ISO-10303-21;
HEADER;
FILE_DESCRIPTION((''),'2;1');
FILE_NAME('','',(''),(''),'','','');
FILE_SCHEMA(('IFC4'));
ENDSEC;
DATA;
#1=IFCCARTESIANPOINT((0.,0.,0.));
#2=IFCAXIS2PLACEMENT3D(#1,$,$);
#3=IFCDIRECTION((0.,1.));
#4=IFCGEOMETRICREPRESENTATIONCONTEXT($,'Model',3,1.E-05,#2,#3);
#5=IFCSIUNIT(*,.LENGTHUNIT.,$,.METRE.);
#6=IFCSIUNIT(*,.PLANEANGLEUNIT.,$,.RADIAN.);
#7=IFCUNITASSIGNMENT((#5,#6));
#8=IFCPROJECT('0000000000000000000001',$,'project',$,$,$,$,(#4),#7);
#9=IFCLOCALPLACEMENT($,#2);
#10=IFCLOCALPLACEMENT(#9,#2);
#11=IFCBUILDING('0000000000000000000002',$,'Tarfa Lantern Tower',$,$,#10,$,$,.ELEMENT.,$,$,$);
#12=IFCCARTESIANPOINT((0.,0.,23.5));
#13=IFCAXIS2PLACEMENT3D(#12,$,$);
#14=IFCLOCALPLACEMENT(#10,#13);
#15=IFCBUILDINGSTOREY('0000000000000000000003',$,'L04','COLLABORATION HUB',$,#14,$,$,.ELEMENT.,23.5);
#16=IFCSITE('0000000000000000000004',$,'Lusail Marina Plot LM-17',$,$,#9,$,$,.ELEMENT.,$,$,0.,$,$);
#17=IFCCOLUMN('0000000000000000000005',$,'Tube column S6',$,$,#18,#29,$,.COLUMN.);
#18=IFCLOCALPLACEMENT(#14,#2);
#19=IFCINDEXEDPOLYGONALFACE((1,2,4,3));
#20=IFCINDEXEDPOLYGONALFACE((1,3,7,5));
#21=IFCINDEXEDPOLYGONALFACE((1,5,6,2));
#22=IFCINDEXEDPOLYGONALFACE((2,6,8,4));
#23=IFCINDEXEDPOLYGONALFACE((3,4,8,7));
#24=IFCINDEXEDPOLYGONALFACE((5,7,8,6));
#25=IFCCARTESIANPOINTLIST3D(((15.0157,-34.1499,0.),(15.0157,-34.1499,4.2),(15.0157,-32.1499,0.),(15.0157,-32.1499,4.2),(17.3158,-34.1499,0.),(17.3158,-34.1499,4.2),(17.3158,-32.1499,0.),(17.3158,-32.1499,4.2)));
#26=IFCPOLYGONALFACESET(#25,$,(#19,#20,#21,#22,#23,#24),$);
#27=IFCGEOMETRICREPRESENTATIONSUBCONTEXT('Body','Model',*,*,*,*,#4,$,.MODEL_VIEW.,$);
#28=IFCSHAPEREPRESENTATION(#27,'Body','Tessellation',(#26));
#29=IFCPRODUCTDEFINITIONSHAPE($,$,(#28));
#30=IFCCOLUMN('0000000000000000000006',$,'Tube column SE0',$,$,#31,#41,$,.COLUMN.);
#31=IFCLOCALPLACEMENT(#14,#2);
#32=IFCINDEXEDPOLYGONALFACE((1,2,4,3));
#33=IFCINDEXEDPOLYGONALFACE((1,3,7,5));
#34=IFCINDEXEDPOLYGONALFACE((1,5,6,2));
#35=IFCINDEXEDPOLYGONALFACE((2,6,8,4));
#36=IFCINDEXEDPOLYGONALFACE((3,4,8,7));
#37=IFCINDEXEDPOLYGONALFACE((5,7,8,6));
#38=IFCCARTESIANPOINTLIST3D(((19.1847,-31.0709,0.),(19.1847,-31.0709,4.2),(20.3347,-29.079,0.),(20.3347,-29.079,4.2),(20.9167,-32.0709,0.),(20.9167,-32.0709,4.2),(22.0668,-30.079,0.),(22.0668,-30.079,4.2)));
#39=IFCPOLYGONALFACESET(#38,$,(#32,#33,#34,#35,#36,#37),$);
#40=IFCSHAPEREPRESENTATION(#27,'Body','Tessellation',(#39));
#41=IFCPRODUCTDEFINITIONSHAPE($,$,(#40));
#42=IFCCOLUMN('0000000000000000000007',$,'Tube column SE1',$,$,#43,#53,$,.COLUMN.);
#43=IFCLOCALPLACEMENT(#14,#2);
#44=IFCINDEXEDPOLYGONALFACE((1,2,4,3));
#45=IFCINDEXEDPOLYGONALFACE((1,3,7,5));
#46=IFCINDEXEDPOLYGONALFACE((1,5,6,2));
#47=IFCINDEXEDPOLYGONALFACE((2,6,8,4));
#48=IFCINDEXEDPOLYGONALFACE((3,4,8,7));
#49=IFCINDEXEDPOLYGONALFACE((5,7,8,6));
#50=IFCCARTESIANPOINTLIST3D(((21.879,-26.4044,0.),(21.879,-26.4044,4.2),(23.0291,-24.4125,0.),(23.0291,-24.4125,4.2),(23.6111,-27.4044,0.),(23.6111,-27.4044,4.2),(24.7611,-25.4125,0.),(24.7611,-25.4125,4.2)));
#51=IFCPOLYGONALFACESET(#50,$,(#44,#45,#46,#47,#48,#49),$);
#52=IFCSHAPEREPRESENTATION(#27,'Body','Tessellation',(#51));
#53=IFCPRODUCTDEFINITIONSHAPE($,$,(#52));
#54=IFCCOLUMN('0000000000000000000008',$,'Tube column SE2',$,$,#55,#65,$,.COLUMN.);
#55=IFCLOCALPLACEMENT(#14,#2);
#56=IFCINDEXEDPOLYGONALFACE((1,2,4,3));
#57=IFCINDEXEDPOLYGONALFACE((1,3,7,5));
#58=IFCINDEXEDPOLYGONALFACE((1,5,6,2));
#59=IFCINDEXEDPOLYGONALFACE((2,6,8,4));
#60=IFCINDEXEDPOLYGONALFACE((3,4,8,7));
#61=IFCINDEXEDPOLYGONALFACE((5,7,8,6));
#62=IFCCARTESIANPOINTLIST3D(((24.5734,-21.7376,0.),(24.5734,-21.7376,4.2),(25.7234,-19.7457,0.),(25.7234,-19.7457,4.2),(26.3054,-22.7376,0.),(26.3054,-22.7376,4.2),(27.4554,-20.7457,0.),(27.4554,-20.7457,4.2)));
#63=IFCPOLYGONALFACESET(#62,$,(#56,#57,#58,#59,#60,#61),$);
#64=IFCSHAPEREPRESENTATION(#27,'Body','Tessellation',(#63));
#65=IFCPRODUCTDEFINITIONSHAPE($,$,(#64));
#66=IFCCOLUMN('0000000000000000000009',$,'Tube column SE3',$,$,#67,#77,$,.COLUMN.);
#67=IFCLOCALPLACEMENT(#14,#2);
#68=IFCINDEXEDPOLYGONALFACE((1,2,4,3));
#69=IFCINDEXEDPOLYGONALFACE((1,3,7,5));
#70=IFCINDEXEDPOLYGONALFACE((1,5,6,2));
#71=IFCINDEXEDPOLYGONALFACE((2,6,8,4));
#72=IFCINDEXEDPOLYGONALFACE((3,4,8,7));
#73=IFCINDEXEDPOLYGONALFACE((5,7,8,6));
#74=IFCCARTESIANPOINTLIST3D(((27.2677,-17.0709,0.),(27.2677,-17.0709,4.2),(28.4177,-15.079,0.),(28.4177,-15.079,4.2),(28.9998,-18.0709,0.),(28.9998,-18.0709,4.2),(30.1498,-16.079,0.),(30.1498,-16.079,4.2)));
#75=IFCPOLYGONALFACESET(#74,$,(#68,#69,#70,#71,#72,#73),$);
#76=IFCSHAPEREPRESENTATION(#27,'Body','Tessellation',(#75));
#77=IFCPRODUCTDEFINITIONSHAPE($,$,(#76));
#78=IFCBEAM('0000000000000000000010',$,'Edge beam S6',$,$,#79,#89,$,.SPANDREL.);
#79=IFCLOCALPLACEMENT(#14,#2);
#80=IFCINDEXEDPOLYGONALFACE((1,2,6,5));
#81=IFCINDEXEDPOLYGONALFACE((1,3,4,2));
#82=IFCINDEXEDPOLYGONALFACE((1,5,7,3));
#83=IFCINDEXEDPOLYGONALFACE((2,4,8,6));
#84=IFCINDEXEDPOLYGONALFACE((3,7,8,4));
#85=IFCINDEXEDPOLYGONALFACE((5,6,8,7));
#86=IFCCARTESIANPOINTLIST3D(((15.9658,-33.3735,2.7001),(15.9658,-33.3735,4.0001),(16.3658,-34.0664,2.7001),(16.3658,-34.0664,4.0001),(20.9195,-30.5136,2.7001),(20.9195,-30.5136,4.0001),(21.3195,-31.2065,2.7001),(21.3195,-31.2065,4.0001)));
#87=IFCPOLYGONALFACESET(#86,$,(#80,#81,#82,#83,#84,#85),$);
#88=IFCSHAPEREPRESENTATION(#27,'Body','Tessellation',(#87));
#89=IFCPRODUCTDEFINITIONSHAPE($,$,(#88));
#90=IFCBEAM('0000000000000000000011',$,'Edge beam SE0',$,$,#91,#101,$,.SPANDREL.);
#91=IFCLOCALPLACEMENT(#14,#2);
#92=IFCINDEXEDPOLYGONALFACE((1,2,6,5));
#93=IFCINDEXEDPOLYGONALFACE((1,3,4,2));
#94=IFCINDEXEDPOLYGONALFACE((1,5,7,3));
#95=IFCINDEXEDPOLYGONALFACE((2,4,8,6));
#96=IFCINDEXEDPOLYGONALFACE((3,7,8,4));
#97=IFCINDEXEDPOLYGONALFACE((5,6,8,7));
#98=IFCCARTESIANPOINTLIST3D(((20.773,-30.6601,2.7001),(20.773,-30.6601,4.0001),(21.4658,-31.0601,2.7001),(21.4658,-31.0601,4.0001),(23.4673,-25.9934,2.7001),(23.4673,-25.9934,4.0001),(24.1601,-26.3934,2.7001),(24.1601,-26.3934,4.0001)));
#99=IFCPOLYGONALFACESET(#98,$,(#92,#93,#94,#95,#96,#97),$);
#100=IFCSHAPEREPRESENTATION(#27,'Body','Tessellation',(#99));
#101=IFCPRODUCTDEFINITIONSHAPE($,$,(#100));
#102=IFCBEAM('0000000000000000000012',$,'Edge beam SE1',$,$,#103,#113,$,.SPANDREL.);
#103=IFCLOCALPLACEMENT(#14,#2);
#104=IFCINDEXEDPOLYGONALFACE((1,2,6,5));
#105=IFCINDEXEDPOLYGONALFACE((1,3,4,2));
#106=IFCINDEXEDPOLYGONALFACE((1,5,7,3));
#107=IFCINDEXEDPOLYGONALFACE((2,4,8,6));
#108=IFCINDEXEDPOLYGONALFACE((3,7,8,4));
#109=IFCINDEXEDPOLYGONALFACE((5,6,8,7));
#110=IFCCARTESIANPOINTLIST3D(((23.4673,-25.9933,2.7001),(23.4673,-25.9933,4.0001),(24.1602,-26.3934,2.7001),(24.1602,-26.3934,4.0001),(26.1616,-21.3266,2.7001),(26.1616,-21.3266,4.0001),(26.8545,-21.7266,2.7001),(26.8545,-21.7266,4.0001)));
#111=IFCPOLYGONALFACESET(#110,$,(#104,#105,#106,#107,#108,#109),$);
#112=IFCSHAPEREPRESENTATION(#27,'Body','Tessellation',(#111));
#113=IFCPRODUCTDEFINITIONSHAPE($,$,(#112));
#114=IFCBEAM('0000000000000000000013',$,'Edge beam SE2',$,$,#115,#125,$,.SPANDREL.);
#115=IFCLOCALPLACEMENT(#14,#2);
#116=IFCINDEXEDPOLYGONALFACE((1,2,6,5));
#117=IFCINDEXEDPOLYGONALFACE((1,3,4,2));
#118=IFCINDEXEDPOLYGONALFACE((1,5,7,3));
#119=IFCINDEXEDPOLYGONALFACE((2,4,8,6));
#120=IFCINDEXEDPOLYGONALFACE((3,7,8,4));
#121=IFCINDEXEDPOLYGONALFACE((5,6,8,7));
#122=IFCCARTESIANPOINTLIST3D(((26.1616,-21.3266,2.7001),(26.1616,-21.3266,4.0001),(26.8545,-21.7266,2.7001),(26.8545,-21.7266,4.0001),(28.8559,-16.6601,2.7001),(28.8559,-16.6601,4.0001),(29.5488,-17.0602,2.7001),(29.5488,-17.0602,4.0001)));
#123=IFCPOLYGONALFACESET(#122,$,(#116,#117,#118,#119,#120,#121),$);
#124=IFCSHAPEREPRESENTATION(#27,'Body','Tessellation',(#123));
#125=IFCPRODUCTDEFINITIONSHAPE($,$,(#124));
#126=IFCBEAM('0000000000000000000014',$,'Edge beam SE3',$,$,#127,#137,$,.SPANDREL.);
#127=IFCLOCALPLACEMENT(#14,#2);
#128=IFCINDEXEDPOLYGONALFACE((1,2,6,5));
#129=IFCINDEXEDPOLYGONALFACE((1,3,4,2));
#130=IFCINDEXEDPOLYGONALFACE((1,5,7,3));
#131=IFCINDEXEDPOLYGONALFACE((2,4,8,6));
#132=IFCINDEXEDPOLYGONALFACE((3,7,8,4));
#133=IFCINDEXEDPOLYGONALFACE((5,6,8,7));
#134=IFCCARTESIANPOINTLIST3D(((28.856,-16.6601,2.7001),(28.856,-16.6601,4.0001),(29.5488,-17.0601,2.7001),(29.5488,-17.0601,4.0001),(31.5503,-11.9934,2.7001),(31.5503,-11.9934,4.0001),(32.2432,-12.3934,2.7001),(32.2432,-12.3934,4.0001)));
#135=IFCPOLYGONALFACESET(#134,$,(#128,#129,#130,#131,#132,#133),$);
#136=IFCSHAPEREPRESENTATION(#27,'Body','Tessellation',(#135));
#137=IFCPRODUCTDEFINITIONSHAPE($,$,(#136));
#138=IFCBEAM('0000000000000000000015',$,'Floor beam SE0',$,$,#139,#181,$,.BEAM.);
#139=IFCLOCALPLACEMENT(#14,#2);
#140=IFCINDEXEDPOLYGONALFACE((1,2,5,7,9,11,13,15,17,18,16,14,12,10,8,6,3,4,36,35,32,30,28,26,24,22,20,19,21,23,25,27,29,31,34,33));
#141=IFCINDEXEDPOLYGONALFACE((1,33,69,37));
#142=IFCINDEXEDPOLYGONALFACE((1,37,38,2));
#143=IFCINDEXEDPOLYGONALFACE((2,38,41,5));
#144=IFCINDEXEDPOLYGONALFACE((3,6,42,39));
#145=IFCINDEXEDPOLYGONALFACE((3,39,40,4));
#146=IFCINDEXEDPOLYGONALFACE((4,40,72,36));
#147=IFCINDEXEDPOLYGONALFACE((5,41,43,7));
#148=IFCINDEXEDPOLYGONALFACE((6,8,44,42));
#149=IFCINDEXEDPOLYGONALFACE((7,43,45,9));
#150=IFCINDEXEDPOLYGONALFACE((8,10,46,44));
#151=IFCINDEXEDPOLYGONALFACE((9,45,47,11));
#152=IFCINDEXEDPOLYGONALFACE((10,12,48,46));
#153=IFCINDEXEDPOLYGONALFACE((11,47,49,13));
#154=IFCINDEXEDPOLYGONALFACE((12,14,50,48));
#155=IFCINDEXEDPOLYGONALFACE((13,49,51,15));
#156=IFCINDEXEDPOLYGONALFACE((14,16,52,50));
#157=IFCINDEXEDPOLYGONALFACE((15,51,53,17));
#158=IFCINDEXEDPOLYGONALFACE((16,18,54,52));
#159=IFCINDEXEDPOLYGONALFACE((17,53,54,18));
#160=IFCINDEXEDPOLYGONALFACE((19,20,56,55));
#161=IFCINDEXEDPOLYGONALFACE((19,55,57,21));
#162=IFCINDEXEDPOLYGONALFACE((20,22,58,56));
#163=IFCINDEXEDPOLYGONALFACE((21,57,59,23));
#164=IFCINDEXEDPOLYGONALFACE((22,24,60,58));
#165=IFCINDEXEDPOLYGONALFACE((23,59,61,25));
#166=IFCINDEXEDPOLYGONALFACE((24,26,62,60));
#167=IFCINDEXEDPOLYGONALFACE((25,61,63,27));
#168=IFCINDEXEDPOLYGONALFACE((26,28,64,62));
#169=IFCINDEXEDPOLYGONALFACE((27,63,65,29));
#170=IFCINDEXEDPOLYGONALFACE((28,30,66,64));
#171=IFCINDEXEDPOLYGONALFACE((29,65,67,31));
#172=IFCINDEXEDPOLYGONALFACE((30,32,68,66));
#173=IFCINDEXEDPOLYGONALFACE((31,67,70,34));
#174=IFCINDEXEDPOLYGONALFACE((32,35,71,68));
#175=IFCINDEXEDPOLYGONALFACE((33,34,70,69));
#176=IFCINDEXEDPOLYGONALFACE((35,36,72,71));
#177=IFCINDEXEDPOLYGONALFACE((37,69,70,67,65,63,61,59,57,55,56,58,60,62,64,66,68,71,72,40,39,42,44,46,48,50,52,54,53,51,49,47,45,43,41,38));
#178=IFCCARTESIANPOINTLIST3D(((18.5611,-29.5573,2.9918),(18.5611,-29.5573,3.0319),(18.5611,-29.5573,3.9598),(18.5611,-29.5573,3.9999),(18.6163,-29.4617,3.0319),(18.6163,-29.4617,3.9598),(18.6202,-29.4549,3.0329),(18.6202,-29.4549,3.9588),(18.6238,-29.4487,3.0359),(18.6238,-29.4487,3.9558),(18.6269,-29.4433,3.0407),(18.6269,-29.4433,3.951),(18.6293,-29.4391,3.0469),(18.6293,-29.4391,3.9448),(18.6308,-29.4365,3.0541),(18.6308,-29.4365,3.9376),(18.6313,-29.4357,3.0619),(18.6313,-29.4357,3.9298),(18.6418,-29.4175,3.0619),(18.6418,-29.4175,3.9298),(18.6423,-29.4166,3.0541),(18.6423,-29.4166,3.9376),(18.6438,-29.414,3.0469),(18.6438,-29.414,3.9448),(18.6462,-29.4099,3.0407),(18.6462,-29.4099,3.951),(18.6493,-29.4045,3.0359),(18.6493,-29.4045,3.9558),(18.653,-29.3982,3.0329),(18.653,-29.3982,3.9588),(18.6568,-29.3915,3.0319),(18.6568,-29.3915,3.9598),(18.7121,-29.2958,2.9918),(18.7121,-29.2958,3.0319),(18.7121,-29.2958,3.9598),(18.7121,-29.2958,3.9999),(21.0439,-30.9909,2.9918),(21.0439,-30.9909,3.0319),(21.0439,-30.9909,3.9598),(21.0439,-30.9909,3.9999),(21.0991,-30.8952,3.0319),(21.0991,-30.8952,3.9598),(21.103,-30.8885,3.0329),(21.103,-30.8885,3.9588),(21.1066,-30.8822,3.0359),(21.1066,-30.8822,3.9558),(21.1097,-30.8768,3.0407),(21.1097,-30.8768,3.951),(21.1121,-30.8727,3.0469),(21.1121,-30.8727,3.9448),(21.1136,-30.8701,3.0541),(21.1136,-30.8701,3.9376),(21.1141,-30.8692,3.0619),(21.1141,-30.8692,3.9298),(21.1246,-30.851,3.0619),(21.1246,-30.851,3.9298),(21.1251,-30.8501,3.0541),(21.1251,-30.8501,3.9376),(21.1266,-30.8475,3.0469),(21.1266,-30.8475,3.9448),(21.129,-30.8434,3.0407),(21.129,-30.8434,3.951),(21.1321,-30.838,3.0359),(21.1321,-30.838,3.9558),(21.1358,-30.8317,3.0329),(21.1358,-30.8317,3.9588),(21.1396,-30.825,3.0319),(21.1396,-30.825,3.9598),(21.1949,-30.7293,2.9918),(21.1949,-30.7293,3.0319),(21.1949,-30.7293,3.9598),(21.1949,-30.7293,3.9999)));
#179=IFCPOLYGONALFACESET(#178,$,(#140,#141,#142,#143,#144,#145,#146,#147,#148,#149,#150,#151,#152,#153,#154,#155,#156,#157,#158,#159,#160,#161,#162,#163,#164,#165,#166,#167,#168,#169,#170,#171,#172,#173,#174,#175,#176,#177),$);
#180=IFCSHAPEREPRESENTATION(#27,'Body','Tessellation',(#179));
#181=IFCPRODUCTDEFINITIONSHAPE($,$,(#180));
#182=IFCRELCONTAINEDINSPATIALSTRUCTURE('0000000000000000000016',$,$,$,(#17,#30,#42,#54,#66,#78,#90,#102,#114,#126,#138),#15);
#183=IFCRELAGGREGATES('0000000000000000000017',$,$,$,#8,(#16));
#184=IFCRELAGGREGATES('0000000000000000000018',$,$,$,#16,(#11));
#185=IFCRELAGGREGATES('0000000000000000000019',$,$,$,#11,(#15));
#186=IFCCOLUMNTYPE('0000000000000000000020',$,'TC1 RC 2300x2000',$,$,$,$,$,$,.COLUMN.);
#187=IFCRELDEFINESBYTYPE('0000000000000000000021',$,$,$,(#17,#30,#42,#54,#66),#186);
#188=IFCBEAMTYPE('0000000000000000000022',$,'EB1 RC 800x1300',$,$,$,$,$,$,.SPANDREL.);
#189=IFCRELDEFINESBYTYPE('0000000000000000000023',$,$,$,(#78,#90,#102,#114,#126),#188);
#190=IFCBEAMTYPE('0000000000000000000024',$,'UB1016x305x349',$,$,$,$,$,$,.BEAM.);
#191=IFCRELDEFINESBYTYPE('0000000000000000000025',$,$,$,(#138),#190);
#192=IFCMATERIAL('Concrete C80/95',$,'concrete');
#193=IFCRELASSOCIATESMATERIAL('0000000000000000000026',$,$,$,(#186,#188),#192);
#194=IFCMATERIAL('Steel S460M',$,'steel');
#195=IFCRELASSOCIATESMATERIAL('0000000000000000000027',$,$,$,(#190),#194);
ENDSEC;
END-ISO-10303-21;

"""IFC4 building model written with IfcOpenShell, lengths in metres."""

from ifc_helpers import new_model, si_unit, direction, frame, origin, origin_2d, place, context, subcontext, project, spatial, rectangle, i_section, extrude, material, material_profile, profile_set, type_object, element, save


model = new_model("IFC4")

# Units and contexts
model_context = context("Model", 3, precision=1e-05, world=origin(), true_north=direction((0.0, 1.0)))
body_context = subcontext(model_context, "Body", "Model", "MODEL_VIEW")
ifc_project = project(units=[si_unit("LENGTHUNIT", "METRE"), si_unit("PLANEANGLEUNIT", "RADIAN")], contexts=[model_context])

# Site, building, storey
site_placement = place(None, origin())
site = spatial("IfcSite", under=ifc_project, at=site_placement, Name="Lusail Marina Plot LM-17", CompositionType="ELEMENT", RefElevation=0.0)
building_placement = place(site_placement, origin())
building = spatial("IfcBuilding", under=site, at=building_placement, Name="Tarfa Lantern Tower", CompositionType="ELEMENT")
storey_placement = place(building_placement, frame((0.0, 0.0, 23.5)))
storey = spatial("IfcBuildingStorey", under=building, at=storey_placement, Name="L04", Description="COLLABORATION HUB", CompositionType="ELEMENT", Elevation=23.5)

# Columns
ifc_material_1 = material(Name="Concrete C80/95", Category="concrete")
ifc_material_profile_1 = material_profile(ifc_material_1, rectangle(XDim=2.3, YDim=2.0, at=origin_2d()), Name="RC 2300x2000")
ifc_profile_set_1 = profile_set([ifc_material_profile_1], Name="Concrete C80/95")
column_type = type_object("IfcColumnType", Name="TC1 RC 2300x2000", PredefinedType="COLUMN", material=ifc_profile_set_1)
for number, where, z_axis, x_axis, name in (
    (1, (16.1658, -33.1499, 0.0), (0.0, 0.0, 1.0), (1.0, 0.0, 0.0), "Tube column S6"),
    (2, (20.6257, -30.575, 0.0), (0.0, 0.0, 1.0), (0.5, 0.866025, 0.0), "Tube column SE0"),
    (3, (23.3201, -25.9084, 0.0), (0.0, 0.0, 1.0), (0.5, 0.866025, 0.0), "Tube column SE1"),
    (4, (26.0144, -21.2417, 0.0), (0.0, 0.0, 1.0), (0.5, 0.866025, 0.0), "Tube column SE2"),
    (5, (28.7087, -16.575, 0.0), (0.0, 0.0, 1.0), (0.5, 0.866025, 0.0), "Tube column SE3"),
):
    element("IfcColumn", number, at=place(storey_placement, frame(where, z_axis=z_axis, x_axis=x_axis)), inside=storey, type_object=column_type, Name=name, PredefinedType="COLUMN", context=body_context, shape_type="SweptSolid", body=[
        extrude(rectangle(XDim=2.3, YDim=2.0, at=origin_2d()), origin(), (0.0, 0.0, 1.0), 4.2),
    ])

# Beams
ifc_material_profile_2 = material_profile(ifc_material_1, rectangle(XDim=0.8, YDim=1.3, at=origin_2d()), Name="RC 800x1300")
ifc_profile_set_2 = profile_set([ifc_material_profile_2], Name="Concrete C80/95")
beam_type_1 = type_object("IfcBeamType", Name="EB1 RC 800x1300", PredefinedType="SPANDREL", material=ifc_profile_set_2)
beam_1_placement = place(storey_placement, frame((16.1658, -33.72, 3.3501), z_axis=(0.866033, 0.499986, 0.0), x_axis=(-0.499986, 0.866033, 0.0)))
element("IfcBeam", 6, at=beam_1_placement, inside=storey, type_object=beam_type_1, Name="Edge beam S6", PredefinedType="SPANDREL", context=body_context, shape_type="SweptSolid", body=[
    extrude(rectangle(XDim=0.8, YDim=1.3, at=origin_2d()), origin(), (0.0, 0.0, 1.0), 5.72),
])
for number, where, z_axis, x_axis, name in (
    (7, (21.1194, -30.8601, 3.3501), (0.499998, 0.866026, 0.0), (-0.866026, 0.499998, 0.0), "Edge beam SE0"),
    (8, (23.8137, -26.1934, 3.3501), (0.499998, 0.866026, 0.0), (-0.866026, 0.499998, 0.0), "Edge beam SE1"),
):
    element("IfcBeam", number, at=place(storey_placement, frame(where, z_axis=z_axis, x_axis=x_axis)), inside=storey, type_object=beam_type_1, Name=name, PredefinedType="SPANDREL", context=body_context, shape_type="SweptSolid", body=[
        extrude(rectangle(XDim=0.8, YDim=1.3, at=origin_2d()), origin(), (0.0, 0.0, 1.0), 5.3887),
    ])
beam_2_placement = place(storey_placement, frame((26.5081, -21.5266, 3.3501), z_axis=(0.500018, 0.866015, 0.0), x_axis=(-0.866015, 0.500018, 0.0)))
element("IfcBeam", 9, at=beam_2_placement, inside=storey, type_object=beam_type_1, Name="Edge beam SE2", PredefinedType="SPANDREL", context=body_context, shape_type="SweptSolid", body=[
    extrude(rectangle(XDim=0.8, YDim=1.3, at=origin_2d()), origin(), (0.0, 0.0, 1.0), 5.3884),
])
beam_3_placement = place(storey_placement, frame((29.2024, -16.8601, 3.3501), z_axis=(0.499998, 0.866026, 0.0), x_axis=(-0.866026, 0.499998, 0.0)))
element("IfcBeam", 10, at=beam_3_placement, inside=storey, type_object=beam_type_1, Name="Edge beam SE3", PredefinedType="SPANDREL", context=body_context, shape_type="SweptSolid", body=[
    extrude(rectangle(XDim=0.8, YDim=1.3, at=origin_2d()), origin(), (0.0, 0.0, 1.0), 5.3887),
])
ifc_material_2 = material(Name="Steel S460M", Category="steel")
ifc_material_profile_3 = material_profile(ifc_material_2, i_section(OverallWidth=0.302, OverallDepth=1.0081, WebThickness=0.021, FlangeThickness=0.04, FilletRadius=0.03, at=origin_2d()), Name="UB1016x305x349")
ifc_profile_set_3 = profile_set([ifc_material_profile_3], Name="Steel S460M")
beam_type_2 = type_object("IfcBeamType", Name="UB1016x305x349", PredefinedType="BEAM", material=ifc_profile_set_3)
beam_4_placement = place(storey_placement, frame((21.1194, -30.8601, 3.4958), z_axis=(-0.866013, 0.500022, 0.0), x_axis=(-0.500022, -0.866013, 0.0)))
element("IfcBeam", 11, at=beam_4_placement, inside=storey, type_object=beam_type_2, Name="Floor beam SE0", PredefinedType="BEAM", context=body_context, shape_type="SweptSolid", body=[
    extrude(i_section(OverallWidth=0.302, OverallDepth=1.0081, WebThickness=0.021, FlangeThickness=0.04, FilletRadius=0.03, at=origin_2d()), origin(), (0.0, 0.0, 1.0), 2.8669),
])

save(model, "model.ifc")
